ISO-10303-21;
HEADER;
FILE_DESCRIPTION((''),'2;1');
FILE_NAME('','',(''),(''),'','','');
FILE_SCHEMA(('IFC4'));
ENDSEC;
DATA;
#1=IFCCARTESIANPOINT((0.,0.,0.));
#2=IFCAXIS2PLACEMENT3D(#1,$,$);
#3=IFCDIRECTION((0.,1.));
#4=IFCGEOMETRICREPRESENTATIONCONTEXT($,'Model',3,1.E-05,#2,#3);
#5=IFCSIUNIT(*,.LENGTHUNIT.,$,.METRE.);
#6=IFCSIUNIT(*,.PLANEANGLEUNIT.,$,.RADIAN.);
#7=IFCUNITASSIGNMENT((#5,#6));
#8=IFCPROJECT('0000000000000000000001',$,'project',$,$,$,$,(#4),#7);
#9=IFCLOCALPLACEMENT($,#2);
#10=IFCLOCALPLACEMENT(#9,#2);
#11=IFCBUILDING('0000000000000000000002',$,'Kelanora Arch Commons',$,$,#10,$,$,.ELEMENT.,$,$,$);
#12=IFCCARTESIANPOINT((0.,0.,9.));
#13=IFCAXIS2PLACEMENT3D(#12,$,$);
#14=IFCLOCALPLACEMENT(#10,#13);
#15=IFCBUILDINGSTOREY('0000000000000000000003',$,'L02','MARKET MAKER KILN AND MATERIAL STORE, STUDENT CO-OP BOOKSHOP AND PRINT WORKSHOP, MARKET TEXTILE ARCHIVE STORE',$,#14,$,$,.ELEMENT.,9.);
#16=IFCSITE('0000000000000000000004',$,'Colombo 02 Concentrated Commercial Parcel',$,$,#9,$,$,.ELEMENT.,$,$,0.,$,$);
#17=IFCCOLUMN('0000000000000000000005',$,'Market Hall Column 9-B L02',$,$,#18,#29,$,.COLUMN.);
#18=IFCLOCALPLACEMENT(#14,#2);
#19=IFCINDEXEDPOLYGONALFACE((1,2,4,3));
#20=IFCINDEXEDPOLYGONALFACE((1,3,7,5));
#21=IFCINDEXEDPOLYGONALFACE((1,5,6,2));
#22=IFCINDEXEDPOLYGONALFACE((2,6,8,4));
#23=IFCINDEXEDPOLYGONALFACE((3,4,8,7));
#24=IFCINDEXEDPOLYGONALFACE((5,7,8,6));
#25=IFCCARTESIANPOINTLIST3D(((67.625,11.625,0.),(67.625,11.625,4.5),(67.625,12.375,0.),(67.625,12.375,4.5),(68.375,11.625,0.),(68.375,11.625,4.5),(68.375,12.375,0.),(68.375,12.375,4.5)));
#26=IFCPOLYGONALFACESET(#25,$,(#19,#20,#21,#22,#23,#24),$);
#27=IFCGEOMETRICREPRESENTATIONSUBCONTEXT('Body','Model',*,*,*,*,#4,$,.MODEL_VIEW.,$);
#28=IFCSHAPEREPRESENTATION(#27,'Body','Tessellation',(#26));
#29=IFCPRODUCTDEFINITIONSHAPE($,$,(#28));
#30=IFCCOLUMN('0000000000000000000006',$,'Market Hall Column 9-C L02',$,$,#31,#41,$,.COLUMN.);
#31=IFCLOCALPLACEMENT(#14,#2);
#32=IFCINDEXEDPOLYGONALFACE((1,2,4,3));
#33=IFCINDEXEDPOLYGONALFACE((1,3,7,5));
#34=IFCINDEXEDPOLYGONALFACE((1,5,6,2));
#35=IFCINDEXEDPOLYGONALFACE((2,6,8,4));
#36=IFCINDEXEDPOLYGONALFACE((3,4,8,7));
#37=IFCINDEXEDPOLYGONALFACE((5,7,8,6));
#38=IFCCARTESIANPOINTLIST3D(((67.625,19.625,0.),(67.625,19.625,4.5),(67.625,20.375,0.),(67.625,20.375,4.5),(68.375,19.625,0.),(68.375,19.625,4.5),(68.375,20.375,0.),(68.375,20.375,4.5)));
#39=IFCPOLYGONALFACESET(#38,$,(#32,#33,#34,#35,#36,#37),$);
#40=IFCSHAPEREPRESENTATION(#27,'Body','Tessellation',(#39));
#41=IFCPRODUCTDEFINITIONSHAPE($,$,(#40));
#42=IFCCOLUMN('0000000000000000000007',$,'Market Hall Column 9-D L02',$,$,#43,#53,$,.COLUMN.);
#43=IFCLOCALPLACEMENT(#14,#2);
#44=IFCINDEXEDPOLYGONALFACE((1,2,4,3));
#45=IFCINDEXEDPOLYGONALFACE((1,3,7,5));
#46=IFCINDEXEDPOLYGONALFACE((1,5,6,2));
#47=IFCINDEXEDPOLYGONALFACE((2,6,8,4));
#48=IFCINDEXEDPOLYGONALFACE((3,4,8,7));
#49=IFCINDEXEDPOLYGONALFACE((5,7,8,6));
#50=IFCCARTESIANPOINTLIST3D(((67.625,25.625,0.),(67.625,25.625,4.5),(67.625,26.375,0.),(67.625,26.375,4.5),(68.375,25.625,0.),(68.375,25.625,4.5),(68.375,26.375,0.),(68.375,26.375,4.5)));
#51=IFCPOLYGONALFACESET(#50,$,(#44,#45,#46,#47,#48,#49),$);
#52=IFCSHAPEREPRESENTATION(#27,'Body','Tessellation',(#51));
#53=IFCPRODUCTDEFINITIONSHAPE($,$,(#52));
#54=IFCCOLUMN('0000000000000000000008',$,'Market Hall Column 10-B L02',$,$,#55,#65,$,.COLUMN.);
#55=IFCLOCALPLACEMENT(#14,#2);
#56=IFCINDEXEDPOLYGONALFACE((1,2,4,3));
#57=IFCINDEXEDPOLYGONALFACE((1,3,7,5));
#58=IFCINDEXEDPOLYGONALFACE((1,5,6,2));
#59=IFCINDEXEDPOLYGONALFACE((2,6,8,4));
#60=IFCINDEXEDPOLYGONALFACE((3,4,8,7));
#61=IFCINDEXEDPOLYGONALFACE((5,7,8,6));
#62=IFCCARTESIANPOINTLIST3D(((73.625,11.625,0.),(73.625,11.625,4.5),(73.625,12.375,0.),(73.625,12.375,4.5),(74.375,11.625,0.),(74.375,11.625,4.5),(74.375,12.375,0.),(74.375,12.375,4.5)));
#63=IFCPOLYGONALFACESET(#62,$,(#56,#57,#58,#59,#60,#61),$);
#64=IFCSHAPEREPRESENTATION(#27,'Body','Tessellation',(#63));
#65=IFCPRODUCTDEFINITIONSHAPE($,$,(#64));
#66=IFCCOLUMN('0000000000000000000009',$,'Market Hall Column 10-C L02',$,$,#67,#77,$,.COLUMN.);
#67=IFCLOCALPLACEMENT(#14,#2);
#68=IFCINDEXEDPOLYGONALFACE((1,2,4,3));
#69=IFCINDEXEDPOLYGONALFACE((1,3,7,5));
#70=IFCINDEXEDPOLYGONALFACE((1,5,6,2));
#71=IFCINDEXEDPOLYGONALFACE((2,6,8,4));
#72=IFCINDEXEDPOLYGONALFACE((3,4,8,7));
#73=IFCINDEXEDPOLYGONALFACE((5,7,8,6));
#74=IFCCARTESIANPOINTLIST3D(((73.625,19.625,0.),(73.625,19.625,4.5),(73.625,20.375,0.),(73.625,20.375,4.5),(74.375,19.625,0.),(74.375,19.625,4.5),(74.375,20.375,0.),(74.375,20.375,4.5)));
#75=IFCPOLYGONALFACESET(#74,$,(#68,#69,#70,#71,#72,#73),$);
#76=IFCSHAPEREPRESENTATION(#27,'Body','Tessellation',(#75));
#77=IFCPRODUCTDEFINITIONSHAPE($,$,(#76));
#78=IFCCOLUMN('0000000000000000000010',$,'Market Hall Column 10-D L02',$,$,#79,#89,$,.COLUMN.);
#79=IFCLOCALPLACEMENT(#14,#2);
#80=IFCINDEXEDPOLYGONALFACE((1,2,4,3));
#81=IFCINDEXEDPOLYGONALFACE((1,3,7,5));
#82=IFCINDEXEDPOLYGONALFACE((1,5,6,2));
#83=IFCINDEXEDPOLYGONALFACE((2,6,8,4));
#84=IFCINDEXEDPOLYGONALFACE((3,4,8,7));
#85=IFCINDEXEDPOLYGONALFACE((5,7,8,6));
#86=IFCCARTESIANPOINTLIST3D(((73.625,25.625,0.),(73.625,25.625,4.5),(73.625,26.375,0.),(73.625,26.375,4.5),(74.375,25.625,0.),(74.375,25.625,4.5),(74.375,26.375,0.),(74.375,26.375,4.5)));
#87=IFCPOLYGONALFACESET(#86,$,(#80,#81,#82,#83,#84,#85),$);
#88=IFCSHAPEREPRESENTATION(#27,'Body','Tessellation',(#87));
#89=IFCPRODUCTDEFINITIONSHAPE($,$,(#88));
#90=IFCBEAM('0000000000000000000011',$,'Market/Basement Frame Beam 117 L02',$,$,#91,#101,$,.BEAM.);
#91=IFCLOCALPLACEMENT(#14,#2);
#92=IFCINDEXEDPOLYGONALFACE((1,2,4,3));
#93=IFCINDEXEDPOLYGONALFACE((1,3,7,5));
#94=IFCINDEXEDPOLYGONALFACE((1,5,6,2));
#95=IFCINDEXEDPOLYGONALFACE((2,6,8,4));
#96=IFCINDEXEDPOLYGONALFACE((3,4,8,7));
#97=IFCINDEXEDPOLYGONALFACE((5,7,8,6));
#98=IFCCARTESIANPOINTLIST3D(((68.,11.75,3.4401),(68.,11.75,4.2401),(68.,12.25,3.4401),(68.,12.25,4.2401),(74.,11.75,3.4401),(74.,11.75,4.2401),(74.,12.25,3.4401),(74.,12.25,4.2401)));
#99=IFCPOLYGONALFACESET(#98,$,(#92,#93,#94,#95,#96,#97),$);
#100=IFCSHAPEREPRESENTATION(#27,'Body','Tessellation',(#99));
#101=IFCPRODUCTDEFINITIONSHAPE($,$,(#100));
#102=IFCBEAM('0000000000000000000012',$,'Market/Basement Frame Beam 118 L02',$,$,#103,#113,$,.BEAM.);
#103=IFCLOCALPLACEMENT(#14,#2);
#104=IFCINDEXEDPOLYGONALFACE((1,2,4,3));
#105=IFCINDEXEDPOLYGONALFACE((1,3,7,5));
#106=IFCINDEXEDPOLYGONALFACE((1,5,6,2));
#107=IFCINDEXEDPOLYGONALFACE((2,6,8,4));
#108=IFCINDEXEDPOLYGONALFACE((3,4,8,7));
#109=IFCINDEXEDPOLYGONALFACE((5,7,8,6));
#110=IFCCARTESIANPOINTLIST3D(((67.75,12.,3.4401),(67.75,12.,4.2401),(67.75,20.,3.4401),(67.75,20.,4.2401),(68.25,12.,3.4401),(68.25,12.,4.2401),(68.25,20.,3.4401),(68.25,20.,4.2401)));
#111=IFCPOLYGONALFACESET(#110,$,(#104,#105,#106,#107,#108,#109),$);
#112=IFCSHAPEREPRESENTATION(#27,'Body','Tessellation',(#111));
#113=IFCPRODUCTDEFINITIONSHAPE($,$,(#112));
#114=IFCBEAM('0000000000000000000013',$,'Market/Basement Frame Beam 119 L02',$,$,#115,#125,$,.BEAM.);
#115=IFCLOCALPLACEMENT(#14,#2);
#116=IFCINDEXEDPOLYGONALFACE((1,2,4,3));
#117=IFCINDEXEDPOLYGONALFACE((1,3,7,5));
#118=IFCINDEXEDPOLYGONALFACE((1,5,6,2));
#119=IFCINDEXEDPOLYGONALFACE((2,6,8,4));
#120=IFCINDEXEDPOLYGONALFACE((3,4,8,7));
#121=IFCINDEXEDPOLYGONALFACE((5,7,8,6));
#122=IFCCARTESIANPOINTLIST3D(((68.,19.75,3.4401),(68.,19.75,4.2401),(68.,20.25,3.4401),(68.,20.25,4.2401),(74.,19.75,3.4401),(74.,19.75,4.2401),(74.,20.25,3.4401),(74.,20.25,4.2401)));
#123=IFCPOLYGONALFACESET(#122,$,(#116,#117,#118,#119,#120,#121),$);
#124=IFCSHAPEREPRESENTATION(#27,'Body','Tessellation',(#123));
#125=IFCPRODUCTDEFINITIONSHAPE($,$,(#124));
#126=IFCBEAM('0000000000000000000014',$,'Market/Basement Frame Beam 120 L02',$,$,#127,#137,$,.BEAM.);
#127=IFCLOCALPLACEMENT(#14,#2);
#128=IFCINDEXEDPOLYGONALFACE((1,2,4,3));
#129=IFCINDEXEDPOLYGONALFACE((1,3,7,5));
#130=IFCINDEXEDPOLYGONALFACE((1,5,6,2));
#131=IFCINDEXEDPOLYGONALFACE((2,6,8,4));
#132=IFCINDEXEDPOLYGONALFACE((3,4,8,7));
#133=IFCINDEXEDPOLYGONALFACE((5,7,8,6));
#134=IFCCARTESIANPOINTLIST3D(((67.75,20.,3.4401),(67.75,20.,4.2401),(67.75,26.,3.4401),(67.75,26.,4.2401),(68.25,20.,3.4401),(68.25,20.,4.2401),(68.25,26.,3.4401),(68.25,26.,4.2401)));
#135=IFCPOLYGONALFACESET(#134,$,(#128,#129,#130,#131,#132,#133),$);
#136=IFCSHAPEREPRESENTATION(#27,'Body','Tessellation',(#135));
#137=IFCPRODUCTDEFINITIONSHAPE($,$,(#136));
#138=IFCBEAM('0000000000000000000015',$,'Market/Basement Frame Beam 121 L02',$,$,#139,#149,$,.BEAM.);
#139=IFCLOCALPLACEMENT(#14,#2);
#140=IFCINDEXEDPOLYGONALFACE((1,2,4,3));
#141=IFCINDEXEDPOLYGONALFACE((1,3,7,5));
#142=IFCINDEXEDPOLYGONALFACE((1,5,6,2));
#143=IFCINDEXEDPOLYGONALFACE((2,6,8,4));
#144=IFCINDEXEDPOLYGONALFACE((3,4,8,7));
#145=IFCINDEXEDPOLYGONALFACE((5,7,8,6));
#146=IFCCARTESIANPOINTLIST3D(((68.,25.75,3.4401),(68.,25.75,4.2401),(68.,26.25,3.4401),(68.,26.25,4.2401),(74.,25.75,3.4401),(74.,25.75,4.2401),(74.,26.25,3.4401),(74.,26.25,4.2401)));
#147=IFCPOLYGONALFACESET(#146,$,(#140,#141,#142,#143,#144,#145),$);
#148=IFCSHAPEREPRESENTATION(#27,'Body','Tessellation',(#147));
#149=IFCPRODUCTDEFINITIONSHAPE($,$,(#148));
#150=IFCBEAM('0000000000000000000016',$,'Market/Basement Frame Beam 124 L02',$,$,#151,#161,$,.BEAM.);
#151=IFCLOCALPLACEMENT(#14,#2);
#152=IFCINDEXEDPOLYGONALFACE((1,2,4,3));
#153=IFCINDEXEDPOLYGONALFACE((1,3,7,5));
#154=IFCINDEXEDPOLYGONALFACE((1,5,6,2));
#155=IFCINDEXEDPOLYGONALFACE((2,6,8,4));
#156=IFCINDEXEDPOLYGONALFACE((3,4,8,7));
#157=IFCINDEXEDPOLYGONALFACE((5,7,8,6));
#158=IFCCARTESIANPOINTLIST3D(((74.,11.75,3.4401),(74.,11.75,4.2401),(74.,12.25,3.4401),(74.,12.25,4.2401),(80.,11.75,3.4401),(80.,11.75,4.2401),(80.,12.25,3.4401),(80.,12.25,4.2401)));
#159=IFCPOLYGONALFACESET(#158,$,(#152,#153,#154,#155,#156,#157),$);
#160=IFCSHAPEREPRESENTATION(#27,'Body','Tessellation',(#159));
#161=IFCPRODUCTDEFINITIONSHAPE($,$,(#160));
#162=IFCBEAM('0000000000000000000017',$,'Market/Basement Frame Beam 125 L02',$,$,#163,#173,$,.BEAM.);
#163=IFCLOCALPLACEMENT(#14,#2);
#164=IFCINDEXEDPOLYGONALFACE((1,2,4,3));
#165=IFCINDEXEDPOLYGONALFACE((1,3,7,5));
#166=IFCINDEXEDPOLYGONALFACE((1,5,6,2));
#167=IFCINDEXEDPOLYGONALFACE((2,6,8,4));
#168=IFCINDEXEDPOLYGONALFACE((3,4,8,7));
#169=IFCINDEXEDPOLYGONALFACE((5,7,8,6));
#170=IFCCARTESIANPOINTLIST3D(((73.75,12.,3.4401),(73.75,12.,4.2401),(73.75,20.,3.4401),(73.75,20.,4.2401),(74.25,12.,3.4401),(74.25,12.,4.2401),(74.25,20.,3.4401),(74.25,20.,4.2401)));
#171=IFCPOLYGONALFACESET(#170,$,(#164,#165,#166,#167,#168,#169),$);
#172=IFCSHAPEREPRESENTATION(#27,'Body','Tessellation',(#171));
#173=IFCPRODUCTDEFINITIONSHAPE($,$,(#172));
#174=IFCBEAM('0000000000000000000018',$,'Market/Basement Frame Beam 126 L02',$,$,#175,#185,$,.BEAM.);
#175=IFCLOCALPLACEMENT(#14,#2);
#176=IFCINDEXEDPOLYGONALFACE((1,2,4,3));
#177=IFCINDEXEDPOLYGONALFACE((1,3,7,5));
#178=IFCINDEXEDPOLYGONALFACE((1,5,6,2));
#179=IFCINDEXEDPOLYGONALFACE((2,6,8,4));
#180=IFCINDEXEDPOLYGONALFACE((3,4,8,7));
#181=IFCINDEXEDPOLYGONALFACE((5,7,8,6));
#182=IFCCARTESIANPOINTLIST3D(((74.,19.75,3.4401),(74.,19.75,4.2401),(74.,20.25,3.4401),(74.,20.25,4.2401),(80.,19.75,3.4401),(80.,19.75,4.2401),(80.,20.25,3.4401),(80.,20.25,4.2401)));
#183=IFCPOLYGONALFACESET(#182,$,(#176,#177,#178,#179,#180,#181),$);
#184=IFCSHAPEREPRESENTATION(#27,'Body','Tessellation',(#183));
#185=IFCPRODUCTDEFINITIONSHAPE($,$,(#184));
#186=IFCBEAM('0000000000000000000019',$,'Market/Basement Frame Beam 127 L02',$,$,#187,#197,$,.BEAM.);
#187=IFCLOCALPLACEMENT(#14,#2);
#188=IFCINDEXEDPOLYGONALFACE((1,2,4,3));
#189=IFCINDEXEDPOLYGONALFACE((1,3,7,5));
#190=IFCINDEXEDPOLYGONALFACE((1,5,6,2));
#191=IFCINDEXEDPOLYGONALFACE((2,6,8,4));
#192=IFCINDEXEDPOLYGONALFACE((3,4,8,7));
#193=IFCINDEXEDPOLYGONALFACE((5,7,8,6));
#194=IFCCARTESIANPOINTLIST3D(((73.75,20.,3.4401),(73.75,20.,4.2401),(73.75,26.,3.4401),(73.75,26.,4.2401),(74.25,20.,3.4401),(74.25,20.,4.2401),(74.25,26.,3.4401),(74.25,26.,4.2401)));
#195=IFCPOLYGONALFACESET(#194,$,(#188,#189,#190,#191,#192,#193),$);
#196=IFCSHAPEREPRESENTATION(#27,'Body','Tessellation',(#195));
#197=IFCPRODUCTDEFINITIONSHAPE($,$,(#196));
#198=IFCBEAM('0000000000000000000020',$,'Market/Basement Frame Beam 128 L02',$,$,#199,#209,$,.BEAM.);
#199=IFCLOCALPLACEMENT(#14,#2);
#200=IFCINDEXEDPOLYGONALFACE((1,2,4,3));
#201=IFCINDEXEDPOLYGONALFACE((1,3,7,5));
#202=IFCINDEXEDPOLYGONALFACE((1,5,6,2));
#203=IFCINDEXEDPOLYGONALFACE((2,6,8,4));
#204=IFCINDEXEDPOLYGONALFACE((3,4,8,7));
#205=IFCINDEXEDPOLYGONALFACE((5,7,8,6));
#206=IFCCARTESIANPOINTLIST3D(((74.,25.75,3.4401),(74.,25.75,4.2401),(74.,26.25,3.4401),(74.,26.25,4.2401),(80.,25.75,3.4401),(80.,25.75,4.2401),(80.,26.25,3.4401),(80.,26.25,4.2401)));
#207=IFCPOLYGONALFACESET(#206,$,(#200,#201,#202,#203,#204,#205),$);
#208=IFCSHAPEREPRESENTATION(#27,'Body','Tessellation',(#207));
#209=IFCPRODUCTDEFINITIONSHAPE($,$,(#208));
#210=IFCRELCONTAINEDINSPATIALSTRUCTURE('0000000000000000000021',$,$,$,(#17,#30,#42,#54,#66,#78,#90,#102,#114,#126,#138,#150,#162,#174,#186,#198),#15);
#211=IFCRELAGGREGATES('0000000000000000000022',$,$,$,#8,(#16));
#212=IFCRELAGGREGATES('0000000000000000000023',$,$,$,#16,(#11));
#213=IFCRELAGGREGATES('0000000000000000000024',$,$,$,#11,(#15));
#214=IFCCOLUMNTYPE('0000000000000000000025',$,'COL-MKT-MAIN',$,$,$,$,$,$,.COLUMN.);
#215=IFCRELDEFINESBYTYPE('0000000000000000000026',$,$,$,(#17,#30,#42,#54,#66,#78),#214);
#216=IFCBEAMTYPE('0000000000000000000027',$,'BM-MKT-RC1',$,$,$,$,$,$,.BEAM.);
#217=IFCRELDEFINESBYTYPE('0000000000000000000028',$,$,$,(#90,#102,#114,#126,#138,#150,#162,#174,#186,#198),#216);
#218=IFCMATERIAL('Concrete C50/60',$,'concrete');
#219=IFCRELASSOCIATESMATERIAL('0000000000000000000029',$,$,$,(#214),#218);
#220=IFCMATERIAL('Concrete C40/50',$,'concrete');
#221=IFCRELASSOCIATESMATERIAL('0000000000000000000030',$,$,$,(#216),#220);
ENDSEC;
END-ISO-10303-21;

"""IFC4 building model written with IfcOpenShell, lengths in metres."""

from ifc_helpers import new_model, si_unit, direction, frame, origin, origin_2d, place, context, subcontext, project, spatial, rectangle, extrude, material, material_profile, profile_set, type_object, element, save


model = new_model("IFC4")

# Units and contexts
model_context = context("Model", 3, precision=1e-05, world=origin(), true_north=direction((0.0, 1.0)))
body_context = subcontext(model_context, "Body", "Model", "MODEL_VIEW")
ifc_project = project(units=[si_unit("LENGTHUNIT", "METRE"), si_unit("PLANEANGLEUNIT", "RADIAN")], contexts=[model_context])

# Site, building, storey
site_placement = place(None, origin())
site = spatial("IfcSite", under=ifc_project, at=site_placement, Name="Colombo 02 Concentrated Commercial Parcel", CompositionType="ELEMENT", RefElevation=0.0)
building_placement = place(site_placement, origin())
building = spatial("IfcBuilding", under=site, at=building_placement, Name="Kelanora Arch Commons", CompositionType="ELEMENT")
storey_placement = place(building_placement, frame((0.0, 0.0, 9.0)))
storey = spatial("IfcBuildingStorey", under=building, at=storey_placement, Name="L02", Description="MARKET MAKER KILN AND MATERIAL STORE, STUDENT CO-OP BOOKSHOP AND PRINT WORKSHOP, MARKET TEXTILE ARCHIVE STORE", CompositionType="ELEMENT", Elevation=9.0)

# Columns
ifc_material_1 = material(Name="Concrete C50/60", Category="concrete")
ifc_material_profile_1 = material_profile(ifc_material_1, rectangle(XDim=0.75, YDim=0.75, at=origin_2d()), Name="RC750x750")
ifc_profile_set_1 = profile_set([ifc_material_profile_1], Name="Concrete C50/60")
column_type = type_object("IfcColumnType", Name="COL-MKT-MAIN", PredefinedType="COLUMN", material=ifc_profile_set_1)
for number, where, z_axis, x_axis, name in (
    (1, (68.0, 12.0, 0.0), (0.0, 0.0, 1.0), (1.0, 0.0, 0.0), "Market Hall Column 9-B L02"),
    (2, (68.0, 20.0, 0.0), (0.0, 0.0, 1.0), (1.0, 0.0, 0.0), "Market Hall Column 9-C L02"),
    (3, (68.0, 26.0, 0.0), (0.0, 0.0, 1.0), (1.0, 0.0, 0.0), "Market Hall Column 9-D L02"),
    (4, (74.0, 12.0, 0.0), (0.0, 0.0, 1.0), (1.0, 0.0, 0.0), "Market Hall Column 10-B L02"),
    (5, (74.0, 20.0, 0.0), (0.0, 0.0, 1.0), (1.0, 0.0, 0.0), "Market Hall Column 10-C L02"),
    (6, (74.0, 26.0, 0.0), (0.0, 0.0, 1.0), (1.0, 0.0, 0.0), "Market Hall Column 10-D L02"),
):
    element("IfcColumn", number, at=place(storey_placement, frame(where, z_axis=z_axis, x_axis=x_axis)), inside=storey, type_object=column_type, Name=name, PredefinedType="COLUMN", context=body_context, shape_type="SweptSolid", body=[
        extrude(rectangle(XDim=0.75, YDim=0.75, at=origin_2d()), origin(), (0.0, 0.0, 1.0), 4.5),
    ])

# Beams
ifc_material_2 = material(Name="Concrete C40/50", Category="concrete")
ifc_material_profile_2 = material_profile(ifc_material_2, rectangle(XDim=0.5, YDim=0.8, at=origin_2d()), Name="RCB500x800")
ifc_profile_set_2 = profile_set([ifc_material_profile_2], Name="Concrete C40/50")
beam_type = type_object("IfcBeamType", Name="BM-MKT-RC1", PredefinedType="BEAM", material=ifc_profile_set_2)
beam_1_placement = place(storey_placement, frame((68.0, 12.0, 3.8401), z_axis=(1.0, 0.0, 0.0), x_axis=(0.0, 1.0, 0.0)))
element("IfcBeam", 7, at=beam_1_placement, inside=storey, type_object=beam_type, Name="Market/Basement Frame Beam 117 L02", PredefinedType="BEAM", context=body_context, shape_type="SweptSolid", body=[
    extrude(rectangle(XDim=0.5, YDim=0.8, at=origin_2d()), origin(), (0.0, 0.0, 1.0), 6.0),
])
beam_2_placement = place(storey_placement, frame((68.0, 12.0, 3.8401), z_axis=(0.0, 1.0, 0.0), x_axis=(-1.0, 0.0, 0.0)))
element("IfcBeam", 8, at=beam_2_placement, inside=storey, type_object=beam_type, Name="Market/Basement Frame Beam 118 L02", PredefinedType="BEAM", context=body_context, shape_type="SweptSolid", body=[
    extrude(rectangle(XDim=0.5, YDim=0.8, at=origin_2d()), origin(), (0.0, 0.0, 1.0), 8.0),
])
for number, where, z_axis, x_axis, name in (
    (9, (68.0, 20.0, 3.8401), (1.0, 0.0, 0.0), (0.0, 1.0, 0.0), "Market/Basement Frame Beam 119 L02"),
    (10, (68.0, 20.0, 3.8401), (0.0, 1.0, 0.0), (-1.0, 0.0, 0.0), "Market/Basement Frame Beam 120 L02"),
    (11, (68.0, 26.0, 3.8401), (1.0, 0.0, 0.0), (0.0, 1.0, 0.0), "Market/Basement Frame Beam 121 L02"),
    (12, (74.0, 12.0, 3.8401), (1.0, 0.0, 0.0), (0.0, 1.0, 0.0), "Market/Basement Frame Beam 124 L02"),
):
    element("IfcBeam", number, at=place(storey_placement, frame(where, z_axis=z_axis, x_axis=x_axis)), inside=storey, type_object=beam_type, Name=name, PredefinedType="BEAM", context=body_context, shape_type="SweptSolid", body=[
        extrude(rectangle(XDim=0.5, YDim=0.8, at=origin_2d()), origin(), (0.0, 0.0, 1.0), 6.0),
    ])
beam_3_placement = place(storey_placement, frame((74.0, 12.0, 3.8401), z_axis=(0.0, 1.0, 0.0), x_axis=(-1.0, 0.0, 0.0)))
element("IfcBeam", 13, at=beam_3_placement, inside=storey, type_object=beam_type, Name="Market/Basement Frame Beam 125 L02", PredefinedType="BEAM", context=body_context, shape_type="SweptSolid", body=[
    extrude(rectangle(XDim=0.5, YDim=0.8, at=origin_2d()), origin(), (0.0, 0.0, 1.0), 8.0),
])
for number, where, z_axis, x_axis, name in (
    (14, (74.0, 20.0, 3.8401), (1.0, 0.0, 0.0), (0.0, 1.0, 0.0), "Market/Basement Frame Beam 126 L02"),
    (15, (74.0, 20.0, 3.8401), (0.0, 1.0, 0.0), (-1.0, 0.0, 0.0), "Market/Basement Frame Beam 127 L02"),
    (16, (74.0, 26.0, 3.8401), (1.0, 0.0, 0.0), (0.0, 1.0, 0.0), "Market/Basement Frame Beam 128 L02"),
):
    element("IfcBeam", number, at=place(storey_placement, frame(where, z_axis=z_axis, x_axis=x_axis)), inside=storey, type_object=beam_type, Name=name, PredefinedType="BEAM", context=body_context, shape_type="SweptSolid", body=[
        extrude(rectangle(XDim=0.5, YDim=0.8, at=origin_2d()), origin(), (0.0, 0.0, 1.0), 6.0),
    ])

save(model, "model.ifc")
